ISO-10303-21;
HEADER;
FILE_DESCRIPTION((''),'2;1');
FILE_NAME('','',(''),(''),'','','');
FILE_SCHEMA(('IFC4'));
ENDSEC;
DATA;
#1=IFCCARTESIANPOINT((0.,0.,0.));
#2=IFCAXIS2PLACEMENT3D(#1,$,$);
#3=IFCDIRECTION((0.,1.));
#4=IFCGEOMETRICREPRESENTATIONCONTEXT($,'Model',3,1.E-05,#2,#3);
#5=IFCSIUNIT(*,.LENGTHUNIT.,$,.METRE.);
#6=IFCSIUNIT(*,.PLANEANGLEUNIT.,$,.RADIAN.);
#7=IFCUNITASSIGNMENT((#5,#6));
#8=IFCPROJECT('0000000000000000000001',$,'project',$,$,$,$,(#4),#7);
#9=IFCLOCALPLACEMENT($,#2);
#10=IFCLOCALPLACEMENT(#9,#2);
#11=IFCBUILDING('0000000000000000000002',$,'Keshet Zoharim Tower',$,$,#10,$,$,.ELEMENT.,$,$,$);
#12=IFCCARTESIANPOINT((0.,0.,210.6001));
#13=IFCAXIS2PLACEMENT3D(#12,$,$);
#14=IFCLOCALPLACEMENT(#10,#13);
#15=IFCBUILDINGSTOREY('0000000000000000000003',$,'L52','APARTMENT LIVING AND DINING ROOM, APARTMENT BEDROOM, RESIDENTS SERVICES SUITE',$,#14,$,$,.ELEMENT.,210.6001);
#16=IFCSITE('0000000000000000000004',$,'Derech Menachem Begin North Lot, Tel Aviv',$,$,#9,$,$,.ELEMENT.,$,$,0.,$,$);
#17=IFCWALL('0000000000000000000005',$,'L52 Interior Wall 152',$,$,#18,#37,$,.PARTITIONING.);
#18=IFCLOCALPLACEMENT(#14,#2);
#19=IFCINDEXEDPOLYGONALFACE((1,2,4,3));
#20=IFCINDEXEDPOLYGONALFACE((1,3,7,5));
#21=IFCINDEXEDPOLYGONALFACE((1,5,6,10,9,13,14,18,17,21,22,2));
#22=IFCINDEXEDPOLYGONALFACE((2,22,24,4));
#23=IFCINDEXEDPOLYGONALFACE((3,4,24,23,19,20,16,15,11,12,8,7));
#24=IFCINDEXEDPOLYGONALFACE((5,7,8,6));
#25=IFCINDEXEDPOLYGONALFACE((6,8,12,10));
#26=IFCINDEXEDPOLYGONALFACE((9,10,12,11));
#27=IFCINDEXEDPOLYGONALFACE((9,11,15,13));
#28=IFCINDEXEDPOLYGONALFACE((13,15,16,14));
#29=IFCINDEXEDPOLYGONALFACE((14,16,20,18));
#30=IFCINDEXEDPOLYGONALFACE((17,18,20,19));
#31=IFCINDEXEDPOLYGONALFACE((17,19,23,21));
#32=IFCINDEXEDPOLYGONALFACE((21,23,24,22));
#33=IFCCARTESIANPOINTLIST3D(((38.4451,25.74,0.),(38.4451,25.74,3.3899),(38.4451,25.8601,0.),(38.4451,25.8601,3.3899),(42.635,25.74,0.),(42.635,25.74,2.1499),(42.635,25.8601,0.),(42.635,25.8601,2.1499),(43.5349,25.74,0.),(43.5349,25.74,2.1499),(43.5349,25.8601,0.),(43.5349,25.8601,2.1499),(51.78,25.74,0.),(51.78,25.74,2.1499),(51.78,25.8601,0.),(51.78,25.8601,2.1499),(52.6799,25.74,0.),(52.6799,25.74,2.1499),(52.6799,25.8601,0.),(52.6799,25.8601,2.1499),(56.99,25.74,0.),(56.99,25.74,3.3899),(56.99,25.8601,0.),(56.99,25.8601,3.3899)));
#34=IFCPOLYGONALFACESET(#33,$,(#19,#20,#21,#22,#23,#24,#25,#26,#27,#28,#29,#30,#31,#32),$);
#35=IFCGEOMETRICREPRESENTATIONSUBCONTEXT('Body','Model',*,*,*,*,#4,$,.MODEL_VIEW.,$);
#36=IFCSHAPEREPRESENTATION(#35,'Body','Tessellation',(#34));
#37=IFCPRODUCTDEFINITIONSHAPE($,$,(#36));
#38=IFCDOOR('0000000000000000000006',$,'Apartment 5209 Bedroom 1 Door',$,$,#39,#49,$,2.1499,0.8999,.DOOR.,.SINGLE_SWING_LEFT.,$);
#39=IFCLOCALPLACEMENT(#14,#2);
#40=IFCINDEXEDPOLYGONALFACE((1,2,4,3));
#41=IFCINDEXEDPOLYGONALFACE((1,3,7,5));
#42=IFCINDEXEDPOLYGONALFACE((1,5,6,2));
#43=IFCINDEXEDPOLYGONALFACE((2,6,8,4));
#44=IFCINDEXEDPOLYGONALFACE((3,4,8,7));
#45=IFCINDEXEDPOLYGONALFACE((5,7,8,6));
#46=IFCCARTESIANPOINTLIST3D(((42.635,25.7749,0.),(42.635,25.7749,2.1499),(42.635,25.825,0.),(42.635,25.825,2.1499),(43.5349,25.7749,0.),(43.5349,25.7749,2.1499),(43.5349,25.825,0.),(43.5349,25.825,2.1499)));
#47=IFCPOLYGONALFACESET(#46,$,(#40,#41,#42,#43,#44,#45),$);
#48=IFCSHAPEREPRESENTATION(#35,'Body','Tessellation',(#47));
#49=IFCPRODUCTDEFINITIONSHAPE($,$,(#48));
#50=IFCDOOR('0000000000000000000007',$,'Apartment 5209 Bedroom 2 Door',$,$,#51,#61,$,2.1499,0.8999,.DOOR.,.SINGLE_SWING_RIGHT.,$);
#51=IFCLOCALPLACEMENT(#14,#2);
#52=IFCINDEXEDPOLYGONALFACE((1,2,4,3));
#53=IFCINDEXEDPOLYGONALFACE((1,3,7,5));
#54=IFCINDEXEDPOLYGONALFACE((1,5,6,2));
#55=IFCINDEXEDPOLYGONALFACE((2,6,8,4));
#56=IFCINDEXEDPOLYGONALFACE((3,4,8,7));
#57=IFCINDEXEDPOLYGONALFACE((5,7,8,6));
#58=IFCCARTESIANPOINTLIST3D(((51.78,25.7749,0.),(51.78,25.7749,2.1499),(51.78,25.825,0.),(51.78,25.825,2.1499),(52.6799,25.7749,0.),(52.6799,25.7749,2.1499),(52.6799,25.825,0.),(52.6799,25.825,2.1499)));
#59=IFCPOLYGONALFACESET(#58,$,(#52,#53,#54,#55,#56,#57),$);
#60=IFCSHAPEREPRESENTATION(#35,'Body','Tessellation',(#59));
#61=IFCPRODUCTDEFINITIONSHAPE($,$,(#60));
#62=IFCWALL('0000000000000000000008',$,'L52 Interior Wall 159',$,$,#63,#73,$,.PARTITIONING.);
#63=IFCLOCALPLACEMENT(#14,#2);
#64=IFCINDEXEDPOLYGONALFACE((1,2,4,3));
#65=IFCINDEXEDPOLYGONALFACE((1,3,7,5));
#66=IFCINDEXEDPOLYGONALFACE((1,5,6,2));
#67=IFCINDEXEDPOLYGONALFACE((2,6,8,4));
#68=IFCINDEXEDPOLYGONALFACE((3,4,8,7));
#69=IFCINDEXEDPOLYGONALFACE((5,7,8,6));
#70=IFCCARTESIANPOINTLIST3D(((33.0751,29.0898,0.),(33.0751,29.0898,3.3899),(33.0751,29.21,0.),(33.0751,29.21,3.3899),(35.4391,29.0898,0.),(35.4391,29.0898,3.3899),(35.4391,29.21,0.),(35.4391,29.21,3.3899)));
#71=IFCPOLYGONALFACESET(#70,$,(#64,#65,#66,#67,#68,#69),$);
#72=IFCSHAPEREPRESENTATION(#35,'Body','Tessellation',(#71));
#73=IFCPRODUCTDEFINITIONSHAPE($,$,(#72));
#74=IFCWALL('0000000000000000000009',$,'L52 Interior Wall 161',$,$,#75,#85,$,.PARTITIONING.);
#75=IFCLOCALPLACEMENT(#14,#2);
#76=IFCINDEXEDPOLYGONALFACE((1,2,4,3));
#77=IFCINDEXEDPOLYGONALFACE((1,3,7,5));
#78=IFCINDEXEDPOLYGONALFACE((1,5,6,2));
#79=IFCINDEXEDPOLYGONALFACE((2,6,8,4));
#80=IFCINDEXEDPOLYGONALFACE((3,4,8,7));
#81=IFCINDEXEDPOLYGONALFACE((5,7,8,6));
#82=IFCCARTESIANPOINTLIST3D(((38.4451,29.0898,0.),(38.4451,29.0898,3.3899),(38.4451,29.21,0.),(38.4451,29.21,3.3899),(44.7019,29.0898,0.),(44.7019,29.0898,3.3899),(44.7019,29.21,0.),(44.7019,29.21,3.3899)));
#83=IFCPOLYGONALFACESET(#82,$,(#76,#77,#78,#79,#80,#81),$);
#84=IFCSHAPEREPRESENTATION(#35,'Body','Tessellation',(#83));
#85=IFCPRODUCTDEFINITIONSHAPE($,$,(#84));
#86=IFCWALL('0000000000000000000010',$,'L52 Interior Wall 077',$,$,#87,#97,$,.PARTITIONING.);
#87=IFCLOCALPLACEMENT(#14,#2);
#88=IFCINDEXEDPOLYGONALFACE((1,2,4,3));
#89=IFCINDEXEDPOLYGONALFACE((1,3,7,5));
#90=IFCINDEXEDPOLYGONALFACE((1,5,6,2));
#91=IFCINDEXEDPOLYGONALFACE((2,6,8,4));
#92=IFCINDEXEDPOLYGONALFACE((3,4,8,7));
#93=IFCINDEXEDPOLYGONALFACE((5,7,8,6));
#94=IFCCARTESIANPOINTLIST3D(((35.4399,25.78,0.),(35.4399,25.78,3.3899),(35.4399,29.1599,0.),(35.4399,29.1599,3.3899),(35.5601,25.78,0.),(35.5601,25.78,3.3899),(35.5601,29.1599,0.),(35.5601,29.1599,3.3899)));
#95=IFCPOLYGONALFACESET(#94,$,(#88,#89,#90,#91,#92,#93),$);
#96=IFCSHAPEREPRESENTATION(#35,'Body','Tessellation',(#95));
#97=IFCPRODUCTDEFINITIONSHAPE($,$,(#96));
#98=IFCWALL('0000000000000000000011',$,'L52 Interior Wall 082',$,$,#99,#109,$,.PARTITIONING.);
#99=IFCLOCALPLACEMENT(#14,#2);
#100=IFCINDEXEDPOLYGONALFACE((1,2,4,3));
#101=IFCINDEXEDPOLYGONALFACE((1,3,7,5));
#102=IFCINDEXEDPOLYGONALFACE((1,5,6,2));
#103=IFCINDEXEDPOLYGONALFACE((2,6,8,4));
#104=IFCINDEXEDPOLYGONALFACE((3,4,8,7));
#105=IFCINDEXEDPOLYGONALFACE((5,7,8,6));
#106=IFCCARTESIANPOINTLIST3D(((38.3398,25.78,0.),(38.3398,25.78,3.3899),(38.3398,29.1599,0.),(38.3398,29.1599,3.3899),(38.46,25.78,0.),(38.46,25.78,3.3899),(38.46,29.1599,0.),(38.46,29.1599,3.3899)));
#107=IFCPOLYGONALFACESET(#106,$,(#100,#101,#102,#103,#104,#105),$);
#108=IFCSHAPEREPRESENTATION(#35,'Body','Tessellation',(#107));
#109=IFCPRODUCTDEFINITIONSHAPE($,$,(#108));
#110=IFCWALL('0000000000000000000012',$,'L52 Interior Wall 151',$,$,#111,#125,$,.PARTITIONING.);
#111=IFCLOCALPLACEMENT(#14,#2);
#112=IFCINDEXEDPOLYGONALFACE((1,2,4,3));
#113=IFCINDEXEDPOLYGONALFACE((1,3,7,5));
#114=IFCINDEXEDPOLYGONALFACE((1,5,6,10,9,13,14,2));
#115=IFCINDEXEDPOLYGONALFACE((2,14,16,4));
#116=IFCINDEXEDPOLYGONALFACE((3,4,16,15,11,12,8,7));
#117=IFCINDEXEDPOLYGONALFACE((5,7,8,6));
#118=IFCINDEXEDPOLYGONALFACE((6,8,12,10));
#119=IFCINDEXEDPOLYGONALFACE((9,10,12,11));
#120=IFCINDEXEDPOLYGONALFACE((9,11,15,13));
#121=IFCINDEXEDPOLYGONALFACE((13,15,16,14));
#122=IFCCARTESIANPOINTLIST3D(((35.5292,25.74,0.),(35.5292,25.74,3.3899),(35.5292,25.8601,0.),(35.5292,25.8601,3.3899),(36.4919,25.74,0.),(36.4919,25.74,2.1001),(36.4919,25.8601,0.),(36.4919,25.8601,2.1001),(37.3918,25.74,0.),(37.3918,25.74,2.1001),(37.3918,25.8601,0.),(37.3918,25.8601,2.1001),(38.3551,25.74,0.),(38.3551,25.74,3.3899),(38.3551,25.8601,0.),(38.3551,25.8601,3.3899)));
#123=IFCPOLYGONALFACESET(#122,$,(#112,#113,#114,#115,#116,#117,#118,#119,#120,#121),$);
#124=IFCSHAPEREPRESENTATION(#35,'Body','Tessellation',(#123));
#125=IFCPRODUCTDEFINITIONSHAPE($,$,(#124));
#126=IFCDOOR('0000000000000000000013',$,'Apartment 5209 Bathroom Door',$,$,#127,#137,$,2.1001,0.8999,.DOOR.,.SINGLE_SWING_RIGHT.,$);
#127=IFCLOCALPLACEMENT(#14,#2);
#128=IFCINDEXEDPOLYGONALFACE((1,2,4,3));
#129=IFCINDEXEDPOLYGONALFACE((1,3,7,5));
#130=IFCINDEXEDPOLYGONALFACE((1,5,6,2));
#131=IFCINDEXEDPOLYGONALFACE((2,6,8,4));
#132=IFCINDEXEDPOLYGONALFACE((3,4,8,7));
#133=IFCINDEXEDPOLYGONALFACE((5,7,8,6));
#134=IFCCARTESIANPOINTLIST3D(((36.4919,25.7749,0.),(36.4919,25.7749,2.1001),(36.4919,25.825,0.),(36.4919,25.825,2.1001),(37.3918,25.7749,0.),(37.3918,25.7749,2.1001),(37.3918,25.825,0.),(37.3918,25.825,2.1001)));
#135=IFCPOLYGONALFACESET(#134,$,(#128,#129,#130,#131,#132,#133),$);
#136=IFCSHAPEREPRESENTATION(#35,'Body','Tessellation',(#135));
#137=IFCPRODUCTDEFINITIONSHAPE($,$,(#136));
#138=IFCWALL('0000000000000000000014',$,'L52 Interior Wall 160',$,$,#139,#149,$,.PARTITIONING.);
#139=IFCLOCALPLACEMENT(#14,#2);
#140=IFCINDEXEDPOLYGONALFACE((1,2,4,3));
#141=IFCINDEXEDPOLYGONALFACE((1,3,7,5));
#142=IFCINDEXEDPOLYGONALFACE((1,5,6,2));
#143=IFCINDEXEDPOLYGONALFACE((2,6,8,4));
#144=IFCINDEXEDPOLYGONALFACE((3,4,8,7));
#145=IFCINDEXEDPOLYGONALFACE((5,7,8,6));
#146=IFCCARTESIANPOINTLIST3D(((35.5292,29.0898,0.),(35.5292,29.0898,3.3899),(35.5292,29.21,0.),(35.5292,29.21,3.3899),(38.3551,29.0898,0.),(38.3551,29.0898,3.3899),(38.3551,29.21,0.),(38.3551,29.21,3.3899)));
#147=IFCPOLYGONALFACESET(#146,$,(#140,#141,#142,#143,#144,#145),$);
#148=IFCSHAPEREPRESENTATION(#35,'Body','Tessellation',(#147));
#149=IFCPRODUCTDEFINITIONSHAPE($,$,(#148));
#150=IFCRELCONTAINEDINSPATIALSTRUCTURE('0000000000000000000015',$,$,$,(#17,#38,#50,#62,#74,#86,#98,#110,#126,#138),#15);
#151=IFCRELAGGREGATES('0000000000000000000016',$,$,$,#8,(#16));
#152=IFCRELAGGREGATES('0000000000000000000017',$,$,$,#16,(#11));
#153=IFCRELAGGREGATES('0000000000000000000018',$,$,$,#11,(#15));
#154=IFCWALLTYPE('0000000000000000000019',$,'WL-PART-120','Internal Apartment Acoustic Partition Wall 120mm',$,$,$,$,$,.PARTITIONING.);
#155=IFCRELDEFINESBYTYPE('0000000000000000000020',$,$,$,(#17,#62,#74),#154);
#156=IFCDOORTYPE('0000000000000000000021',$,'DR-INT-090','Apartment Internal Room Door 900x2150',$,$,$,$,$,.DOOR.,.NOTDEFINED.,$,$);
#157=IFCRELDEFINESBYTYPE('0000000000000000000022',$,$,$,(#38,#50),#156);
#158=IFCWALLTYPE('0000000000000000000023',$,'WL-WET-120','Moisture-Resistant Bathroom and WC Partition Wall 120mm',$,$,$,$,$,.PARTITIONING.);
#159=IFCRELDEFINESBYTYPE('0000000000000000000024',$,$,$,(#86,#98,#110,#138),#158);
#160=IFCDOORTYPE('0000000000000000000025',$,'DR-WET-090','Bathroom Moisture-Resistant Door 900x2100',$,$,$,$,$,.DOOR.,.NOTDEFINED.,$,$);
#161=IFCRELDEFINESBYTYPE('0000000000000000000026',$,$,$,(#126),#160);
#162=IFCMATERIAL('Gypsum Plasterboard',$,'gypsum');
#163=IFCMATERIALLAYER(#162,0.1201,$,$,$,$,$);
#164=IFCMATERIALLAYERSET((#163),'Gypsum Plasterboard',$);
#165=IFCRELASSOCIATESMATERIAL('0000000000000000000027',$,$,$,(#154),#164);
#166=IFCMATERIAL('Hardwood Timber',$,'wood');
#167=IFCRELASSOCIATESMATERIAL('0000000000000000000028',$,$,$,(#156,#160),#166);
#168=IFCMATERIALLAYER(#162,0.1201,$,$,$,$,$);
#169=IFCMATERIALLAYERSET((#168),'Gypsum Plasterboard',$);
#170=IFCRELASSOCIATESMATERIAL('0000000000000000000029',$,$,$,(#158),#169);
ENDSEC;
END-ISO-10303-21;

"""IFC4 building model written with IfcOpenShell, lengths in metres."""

from ifc_helpers import new_model, si_unit, direction, frame, frame_2d, origin, place, context, subcontext, project, spatial, rectangle, extrude, material, layer, layer_set, type_object, element, fill, save


model = new_model("IFC4")

# Units and contexts
model_context = context("Model", 3, precision=1e-05, world=origin(), true_north=direction((0.0, 1.0)))
body_context = subcontext(model_context, "Body", "Model", "MODEL_VIEW")
ifc_project = project(units=[si_unit("LENGTHUNIT", "METRE"), si_unit("PLANEANGLEUNIT", "RADIAN")], contexts=[model_context])

# Site, building, storey
site_placement = place(None, origin())
site = spatial("IfcSite", under=ifc_project, at=site_placement, Name="Derech Menachem Begin North Lot, Tel Aviv", CompositionType="ELEMENT", RefElevation=0.0)
building_placement = place(site_placement, origin())
building = spatial("IfcBuilding", under=site, at=building_placement, Name="Keshet Zoharim Tower", CompositionType="ELEMENT")
storey_placement = place(building_placement, frame((0.0, 0.0, 210.6001)))
storey = spatial("IfcBuildingStorey", under=building, at=storey_placement, Name="L52", Description="APARTMENT LIVING AND DINING ROOM, APARTMENT BEDROOM, RESIDENTS SERVICES SUITE", CompositionType="ELEMENT", Elevation=210.6001)

# Shared definitions
ifc_material_1 = material(Name="Gypsum Plasterboard", Category="gypsum")
ifc_material_2 = material(Name="Hardwood Timber", Category="wood")

# Shared definitions
ifc_layer_1 = layer(ifc_material_1, 0.1201)
ifc_layer_set_1 = layer_set([ifc_layer_1], Name="Gypsum Plasterboard")
wall_type_1 = type_object("IfcWallType", Name="WL-PART-120", Description="Internal Apartment Acoustic Partition Wall 120mm", PredefinedType="PARTITIONING", material=ifc_layer_set_1)

# Shared definitions
door_type_1 = type_object("IfcDoorType", Name="DR-INT-090", Description="Apartment Internal Room Door 900x2150", OperationType="NOTDEFINED", PredefinedType="DOOR", material=ifc_material_2)

# Wall, openings, doors
wall_1_placement = place(storey_placement, frame((38.4451, 25.8, 0.0), z_axis=(0.0, 0.0, 1.0), x_axis=(1.0, 0.0, 0.0)))
wall_1 = element("IfcWall", 1, at=wall_1_placement, inside=storey, type_object=wall_type_1, Name="L52 Interior Wall 152", PredefinedType="PARTITIONING", context=body_context, shape_type="SweptSolid", body=[
    extrude(rectangle(XDim=18.5449, YDim=0.1201, at=frame_2d((9.2725, 0.0))), origin(), (0.0, 0.0, 1.0), 3.3899),
])
opening_1_placement = place(wall_1_placement, frame((4.1899, 0.0, 0.0)))
opening_1 = element("IfcOpeningElement", 2, at=opening_1_placement, cuts=wall_1, PredefinedType="OPENING", context=body_context, shape_type="SweptSolid", body=[
    extrude(rectangle(XDim=0.8999, YDim=2.1499, at=frame_2d((0.45, 1.075))), frame((0.0, 0.0701, 0.0), z_axis=(0.0, -1.0, 0.0), x_axis=(1.0, 0.0, 0.0)), (0.0, 0.0, 1.0), 0.1401),
])
opening_2_placement = place(wall_1_placement, frame((13.335, 0.0, 0.0)))
opening_2 = element("IfcOpeningElement", 3, at=opening_2_placement, cuts=wall_1, PredefinedType="OPENING", context=body_context, shape_type="SweptSolid", body=[
    extrude(rectangle(XDim=0.8999, YDim=2.1499, at=frame_2d((0.45, 1.075))), frame((0.0, 0.0701, 0.0), z_axis=(0.0, -1.0, 0.0), x_axis=(1.0, 0.0, 0.0)), (0.0, 0.0, 1.0), 0.1401),
])
door_1_placement = place(opening_1_placement, origin())
door_1 = element("IfcDoor", 4, at=door_1_placement, inside=storey, type_object=door_type_1, Name="Apartment 5209 Bedroom 1 Door", OperationType="SINGLE_SWING_LEFT", OverallHeight=2.1499, OverallWidth=0.8999, PredefinedType="DOOR", context=body_context, shape_type="SweptSolid", body=[
    extrude(rectangle(XDim=0.8999, YDim=2.1499, at=frame_2d((0.45, 1.075))), frame((0.0, 0.0249, 0.0), z_axis=(0.0, -1.0, 0.0), x_axis=(1.0, 0.0, 0.0)), (0.0, 0.0, 1.0), 0.05),
])
fill(opening_1, door_1)
door_2_placement = place(opening_2_placement, origin())
door_2 = element("IfcDoor", 5, at=door_2_placement, inside=storey, type_object=door_type_1, Name="Apartment 5209 Bedroom 2 Door", OperationType="SINGLE_SWING_RIGHT", OverallHeight=2.1499, OverallWidth=0.8999, PredefinedType="DOOR", context=body_context, shape_type="SweptSolid", body=[
    extrude(rectangle(XDim=0.8999, YDim=2.1499, at=frame_2d((0.45, 1.075))), frame((0.0, 0.0249, 0.0), z_axis=(0.0, -1.0, 0.0), x_axis=(1.0, 0.0, 0.0)), (0.0, 0.0, 1.0), 0.05),
])
fill(opening_2, door_2)

# Walls
wall_2_placement = place(storey_placement, frame((33.075, 29.1499, 0.0), z_axis=(0.0, 0.0, 1.0), x_axis=(1.0, 0.0, 0.0)))
element("IfcWall", 6, at=wall_2_placement, inside=storey, type_object=wall_type_1, Name="L52 Interior Wall 159", PredefinedType="PARTITIONING", context=body_context, shape_type="SweptSolid", body=[
    extrude(rectangle(XDim=2.364, YDim=0.1201, at=frame_2d((1.1821, 0.0))), origin(), (0.0, 0.0, 1.0), 3.3899),
])
wall_3_placement = place(storey_placement, frame((38.4451, 29.1499, 0.0), z_axis=(0.0, 0.0, 1.0), x_axis=(1.0, 0.0, 0.0)))
element("IfcWall", 7, at=wall_3_placement, inside=storey, type_object=wall_type_1, Name="L52 Interior Wall 161", PredefinedType="PARTITIONING", context=body_context, shape_type="SweptSolid", body=[
    extrude(rectangle(XDim=6.2568, YDim=0.1201, at=frame_2d((3.1284, 0.0))), origin(), (0.0, 0.0, 1.0), 3.3899),
])
ifc_layer_2 = layer(ifc_material_1, 0.1201)
ifc_layer_set_2 = layer_set([ifc_layer_2], Name="Gypsum Plasterboard")
wall_type_2 = type_object("IfcWallType", Name="WL-WET-120", Description="Moisture-Resistant Bathroom and WC Partition Wall 120mm", PredefinedType="PARTITIONING", material=ifc_layer_set_2)
for number, where, z_axis, x_axis, name in (
    (8, (35.5, 25.78, 0.0), (0.0, 0.0, 1.0), (0.0, 1.0, 0.0), "L52 Interior Wall 077"),
    (9, (38.3999, 25.78, 0.0), (0.0, 0.0, 1.0), (0.0, 1.0, 0.0), "L52 Interior Wall 082"),
):
    element("IfcWall", number, at=place(storey_placement, frame(where, z_axis=z_axis, x_axis=x_axis)), inside=storey, type_object=wall_type_2, Name=name, PredefinedType="PARTITIONING", context=body_context, shape_type="SweptSolid", body=[
        extrude(rectangle(XDim=3.3799, YDim=0.1201, at=frame_2d((1.6899, 0.0))), origin(), (0.0, 0.0, 1.0), 3.3899),
    ])

# Wall, opening, door
wall_4_placement = place(storey_placement, frame((35.5291, 25.8, 0.0), z_axis=(0.0, 0.0, 1.0), x_axis=(1.0, 0.0, 0.0)))
wall_4 = element("IfcWall", 10, at=wall_4_placement, inside=storey, type_object=wall_type_2, Name="L52 Interior Wall 151", PredefinedType="PARTITIONING", context=body_context, shape_type="SweptSolid", body=[
    extrude(rectangle(XDim=2.8259, YDim=0.1201, at=frame_2d((1.4131, 0.0))), origin(), (0.0, 0.0, 1.0), 3.3899),
])
opening_3_placement = place(wall_4_placement, frame((0.9629, 0.0, 0.0)))
opening_3 = element("IfcOpeningElement", 11, at=opening_3_placement, cuts=wall_4, PredefinedType="OPENING", context=body_context, shape_type="SweptSolid", body=[
    extrude(rectangle(XDim=0.8999, YDim=2.1001, at=frame_2d((0.45, 1.05))), frame((0.0, 0.0701, 0.0), z_axis=(0.0, -1.0, 0.0), x_axis=(1.0, 0.0, 0.0)), (0.0, 0.0, 1.0), 0.1401),
])
door_type_2 = type_object("IfcDoorType", Name="DR-WET-090", Description="Bathroom Moisture-Resistant Door 900x2100", OperationType="NOTDEFINED", PredefinedType="DOOR", material=ifc_material_2)
door_3_placement = place(opening_3_placement, origin())
door_3 = element("IfcDoor", 12, at=door_3_placement, inside=storey, type_object=door_type_2, Name="Apartment 5209 Bathroom Door", OperationType="SINGLE_SWING_RIGHT", OverallHeight=2.1001, OverallWidth=0.8999, PredefinedType="DOOR", context=body_context, shape_type="SweptSolid", body=[
    extrude(rectangle(XDim=0.8999, YDim=2.1001, at=frame_2d((0.45, 1.05))), frame((0.0, 0.0249, 0.0), z_axis=(0.0, -1.0, 0.0), x_axis=(1.0, 0.0, 0.0)), (0.0, 0.0, 1.0), 0.05),
])
fill(opening_3, door_3)

# Wall
wall_5_placement = place(storey_placement, frame((35.5291, 29.1499, 0.0), z_axis=(0.0, 0.0, 1.0), x_axis=(1.0, 0.0, 0.0)))
element("IfcWall", 13, at=wall_5_placement, inside=storey, type_object=wall_type_2, Name="L52 Interior Wall 160", PredefinedType="PARTITIONING", context=body_context, shape_type="SweptSolid", body=[
    extrude(rectangle(XDim=2.8259, YDim=0.1201, at=frame_2d((1.4131, 0.0))), origin(), (0.0, 0.0, 1.0), 3.3899),
])

save(model, "model.ifc")
